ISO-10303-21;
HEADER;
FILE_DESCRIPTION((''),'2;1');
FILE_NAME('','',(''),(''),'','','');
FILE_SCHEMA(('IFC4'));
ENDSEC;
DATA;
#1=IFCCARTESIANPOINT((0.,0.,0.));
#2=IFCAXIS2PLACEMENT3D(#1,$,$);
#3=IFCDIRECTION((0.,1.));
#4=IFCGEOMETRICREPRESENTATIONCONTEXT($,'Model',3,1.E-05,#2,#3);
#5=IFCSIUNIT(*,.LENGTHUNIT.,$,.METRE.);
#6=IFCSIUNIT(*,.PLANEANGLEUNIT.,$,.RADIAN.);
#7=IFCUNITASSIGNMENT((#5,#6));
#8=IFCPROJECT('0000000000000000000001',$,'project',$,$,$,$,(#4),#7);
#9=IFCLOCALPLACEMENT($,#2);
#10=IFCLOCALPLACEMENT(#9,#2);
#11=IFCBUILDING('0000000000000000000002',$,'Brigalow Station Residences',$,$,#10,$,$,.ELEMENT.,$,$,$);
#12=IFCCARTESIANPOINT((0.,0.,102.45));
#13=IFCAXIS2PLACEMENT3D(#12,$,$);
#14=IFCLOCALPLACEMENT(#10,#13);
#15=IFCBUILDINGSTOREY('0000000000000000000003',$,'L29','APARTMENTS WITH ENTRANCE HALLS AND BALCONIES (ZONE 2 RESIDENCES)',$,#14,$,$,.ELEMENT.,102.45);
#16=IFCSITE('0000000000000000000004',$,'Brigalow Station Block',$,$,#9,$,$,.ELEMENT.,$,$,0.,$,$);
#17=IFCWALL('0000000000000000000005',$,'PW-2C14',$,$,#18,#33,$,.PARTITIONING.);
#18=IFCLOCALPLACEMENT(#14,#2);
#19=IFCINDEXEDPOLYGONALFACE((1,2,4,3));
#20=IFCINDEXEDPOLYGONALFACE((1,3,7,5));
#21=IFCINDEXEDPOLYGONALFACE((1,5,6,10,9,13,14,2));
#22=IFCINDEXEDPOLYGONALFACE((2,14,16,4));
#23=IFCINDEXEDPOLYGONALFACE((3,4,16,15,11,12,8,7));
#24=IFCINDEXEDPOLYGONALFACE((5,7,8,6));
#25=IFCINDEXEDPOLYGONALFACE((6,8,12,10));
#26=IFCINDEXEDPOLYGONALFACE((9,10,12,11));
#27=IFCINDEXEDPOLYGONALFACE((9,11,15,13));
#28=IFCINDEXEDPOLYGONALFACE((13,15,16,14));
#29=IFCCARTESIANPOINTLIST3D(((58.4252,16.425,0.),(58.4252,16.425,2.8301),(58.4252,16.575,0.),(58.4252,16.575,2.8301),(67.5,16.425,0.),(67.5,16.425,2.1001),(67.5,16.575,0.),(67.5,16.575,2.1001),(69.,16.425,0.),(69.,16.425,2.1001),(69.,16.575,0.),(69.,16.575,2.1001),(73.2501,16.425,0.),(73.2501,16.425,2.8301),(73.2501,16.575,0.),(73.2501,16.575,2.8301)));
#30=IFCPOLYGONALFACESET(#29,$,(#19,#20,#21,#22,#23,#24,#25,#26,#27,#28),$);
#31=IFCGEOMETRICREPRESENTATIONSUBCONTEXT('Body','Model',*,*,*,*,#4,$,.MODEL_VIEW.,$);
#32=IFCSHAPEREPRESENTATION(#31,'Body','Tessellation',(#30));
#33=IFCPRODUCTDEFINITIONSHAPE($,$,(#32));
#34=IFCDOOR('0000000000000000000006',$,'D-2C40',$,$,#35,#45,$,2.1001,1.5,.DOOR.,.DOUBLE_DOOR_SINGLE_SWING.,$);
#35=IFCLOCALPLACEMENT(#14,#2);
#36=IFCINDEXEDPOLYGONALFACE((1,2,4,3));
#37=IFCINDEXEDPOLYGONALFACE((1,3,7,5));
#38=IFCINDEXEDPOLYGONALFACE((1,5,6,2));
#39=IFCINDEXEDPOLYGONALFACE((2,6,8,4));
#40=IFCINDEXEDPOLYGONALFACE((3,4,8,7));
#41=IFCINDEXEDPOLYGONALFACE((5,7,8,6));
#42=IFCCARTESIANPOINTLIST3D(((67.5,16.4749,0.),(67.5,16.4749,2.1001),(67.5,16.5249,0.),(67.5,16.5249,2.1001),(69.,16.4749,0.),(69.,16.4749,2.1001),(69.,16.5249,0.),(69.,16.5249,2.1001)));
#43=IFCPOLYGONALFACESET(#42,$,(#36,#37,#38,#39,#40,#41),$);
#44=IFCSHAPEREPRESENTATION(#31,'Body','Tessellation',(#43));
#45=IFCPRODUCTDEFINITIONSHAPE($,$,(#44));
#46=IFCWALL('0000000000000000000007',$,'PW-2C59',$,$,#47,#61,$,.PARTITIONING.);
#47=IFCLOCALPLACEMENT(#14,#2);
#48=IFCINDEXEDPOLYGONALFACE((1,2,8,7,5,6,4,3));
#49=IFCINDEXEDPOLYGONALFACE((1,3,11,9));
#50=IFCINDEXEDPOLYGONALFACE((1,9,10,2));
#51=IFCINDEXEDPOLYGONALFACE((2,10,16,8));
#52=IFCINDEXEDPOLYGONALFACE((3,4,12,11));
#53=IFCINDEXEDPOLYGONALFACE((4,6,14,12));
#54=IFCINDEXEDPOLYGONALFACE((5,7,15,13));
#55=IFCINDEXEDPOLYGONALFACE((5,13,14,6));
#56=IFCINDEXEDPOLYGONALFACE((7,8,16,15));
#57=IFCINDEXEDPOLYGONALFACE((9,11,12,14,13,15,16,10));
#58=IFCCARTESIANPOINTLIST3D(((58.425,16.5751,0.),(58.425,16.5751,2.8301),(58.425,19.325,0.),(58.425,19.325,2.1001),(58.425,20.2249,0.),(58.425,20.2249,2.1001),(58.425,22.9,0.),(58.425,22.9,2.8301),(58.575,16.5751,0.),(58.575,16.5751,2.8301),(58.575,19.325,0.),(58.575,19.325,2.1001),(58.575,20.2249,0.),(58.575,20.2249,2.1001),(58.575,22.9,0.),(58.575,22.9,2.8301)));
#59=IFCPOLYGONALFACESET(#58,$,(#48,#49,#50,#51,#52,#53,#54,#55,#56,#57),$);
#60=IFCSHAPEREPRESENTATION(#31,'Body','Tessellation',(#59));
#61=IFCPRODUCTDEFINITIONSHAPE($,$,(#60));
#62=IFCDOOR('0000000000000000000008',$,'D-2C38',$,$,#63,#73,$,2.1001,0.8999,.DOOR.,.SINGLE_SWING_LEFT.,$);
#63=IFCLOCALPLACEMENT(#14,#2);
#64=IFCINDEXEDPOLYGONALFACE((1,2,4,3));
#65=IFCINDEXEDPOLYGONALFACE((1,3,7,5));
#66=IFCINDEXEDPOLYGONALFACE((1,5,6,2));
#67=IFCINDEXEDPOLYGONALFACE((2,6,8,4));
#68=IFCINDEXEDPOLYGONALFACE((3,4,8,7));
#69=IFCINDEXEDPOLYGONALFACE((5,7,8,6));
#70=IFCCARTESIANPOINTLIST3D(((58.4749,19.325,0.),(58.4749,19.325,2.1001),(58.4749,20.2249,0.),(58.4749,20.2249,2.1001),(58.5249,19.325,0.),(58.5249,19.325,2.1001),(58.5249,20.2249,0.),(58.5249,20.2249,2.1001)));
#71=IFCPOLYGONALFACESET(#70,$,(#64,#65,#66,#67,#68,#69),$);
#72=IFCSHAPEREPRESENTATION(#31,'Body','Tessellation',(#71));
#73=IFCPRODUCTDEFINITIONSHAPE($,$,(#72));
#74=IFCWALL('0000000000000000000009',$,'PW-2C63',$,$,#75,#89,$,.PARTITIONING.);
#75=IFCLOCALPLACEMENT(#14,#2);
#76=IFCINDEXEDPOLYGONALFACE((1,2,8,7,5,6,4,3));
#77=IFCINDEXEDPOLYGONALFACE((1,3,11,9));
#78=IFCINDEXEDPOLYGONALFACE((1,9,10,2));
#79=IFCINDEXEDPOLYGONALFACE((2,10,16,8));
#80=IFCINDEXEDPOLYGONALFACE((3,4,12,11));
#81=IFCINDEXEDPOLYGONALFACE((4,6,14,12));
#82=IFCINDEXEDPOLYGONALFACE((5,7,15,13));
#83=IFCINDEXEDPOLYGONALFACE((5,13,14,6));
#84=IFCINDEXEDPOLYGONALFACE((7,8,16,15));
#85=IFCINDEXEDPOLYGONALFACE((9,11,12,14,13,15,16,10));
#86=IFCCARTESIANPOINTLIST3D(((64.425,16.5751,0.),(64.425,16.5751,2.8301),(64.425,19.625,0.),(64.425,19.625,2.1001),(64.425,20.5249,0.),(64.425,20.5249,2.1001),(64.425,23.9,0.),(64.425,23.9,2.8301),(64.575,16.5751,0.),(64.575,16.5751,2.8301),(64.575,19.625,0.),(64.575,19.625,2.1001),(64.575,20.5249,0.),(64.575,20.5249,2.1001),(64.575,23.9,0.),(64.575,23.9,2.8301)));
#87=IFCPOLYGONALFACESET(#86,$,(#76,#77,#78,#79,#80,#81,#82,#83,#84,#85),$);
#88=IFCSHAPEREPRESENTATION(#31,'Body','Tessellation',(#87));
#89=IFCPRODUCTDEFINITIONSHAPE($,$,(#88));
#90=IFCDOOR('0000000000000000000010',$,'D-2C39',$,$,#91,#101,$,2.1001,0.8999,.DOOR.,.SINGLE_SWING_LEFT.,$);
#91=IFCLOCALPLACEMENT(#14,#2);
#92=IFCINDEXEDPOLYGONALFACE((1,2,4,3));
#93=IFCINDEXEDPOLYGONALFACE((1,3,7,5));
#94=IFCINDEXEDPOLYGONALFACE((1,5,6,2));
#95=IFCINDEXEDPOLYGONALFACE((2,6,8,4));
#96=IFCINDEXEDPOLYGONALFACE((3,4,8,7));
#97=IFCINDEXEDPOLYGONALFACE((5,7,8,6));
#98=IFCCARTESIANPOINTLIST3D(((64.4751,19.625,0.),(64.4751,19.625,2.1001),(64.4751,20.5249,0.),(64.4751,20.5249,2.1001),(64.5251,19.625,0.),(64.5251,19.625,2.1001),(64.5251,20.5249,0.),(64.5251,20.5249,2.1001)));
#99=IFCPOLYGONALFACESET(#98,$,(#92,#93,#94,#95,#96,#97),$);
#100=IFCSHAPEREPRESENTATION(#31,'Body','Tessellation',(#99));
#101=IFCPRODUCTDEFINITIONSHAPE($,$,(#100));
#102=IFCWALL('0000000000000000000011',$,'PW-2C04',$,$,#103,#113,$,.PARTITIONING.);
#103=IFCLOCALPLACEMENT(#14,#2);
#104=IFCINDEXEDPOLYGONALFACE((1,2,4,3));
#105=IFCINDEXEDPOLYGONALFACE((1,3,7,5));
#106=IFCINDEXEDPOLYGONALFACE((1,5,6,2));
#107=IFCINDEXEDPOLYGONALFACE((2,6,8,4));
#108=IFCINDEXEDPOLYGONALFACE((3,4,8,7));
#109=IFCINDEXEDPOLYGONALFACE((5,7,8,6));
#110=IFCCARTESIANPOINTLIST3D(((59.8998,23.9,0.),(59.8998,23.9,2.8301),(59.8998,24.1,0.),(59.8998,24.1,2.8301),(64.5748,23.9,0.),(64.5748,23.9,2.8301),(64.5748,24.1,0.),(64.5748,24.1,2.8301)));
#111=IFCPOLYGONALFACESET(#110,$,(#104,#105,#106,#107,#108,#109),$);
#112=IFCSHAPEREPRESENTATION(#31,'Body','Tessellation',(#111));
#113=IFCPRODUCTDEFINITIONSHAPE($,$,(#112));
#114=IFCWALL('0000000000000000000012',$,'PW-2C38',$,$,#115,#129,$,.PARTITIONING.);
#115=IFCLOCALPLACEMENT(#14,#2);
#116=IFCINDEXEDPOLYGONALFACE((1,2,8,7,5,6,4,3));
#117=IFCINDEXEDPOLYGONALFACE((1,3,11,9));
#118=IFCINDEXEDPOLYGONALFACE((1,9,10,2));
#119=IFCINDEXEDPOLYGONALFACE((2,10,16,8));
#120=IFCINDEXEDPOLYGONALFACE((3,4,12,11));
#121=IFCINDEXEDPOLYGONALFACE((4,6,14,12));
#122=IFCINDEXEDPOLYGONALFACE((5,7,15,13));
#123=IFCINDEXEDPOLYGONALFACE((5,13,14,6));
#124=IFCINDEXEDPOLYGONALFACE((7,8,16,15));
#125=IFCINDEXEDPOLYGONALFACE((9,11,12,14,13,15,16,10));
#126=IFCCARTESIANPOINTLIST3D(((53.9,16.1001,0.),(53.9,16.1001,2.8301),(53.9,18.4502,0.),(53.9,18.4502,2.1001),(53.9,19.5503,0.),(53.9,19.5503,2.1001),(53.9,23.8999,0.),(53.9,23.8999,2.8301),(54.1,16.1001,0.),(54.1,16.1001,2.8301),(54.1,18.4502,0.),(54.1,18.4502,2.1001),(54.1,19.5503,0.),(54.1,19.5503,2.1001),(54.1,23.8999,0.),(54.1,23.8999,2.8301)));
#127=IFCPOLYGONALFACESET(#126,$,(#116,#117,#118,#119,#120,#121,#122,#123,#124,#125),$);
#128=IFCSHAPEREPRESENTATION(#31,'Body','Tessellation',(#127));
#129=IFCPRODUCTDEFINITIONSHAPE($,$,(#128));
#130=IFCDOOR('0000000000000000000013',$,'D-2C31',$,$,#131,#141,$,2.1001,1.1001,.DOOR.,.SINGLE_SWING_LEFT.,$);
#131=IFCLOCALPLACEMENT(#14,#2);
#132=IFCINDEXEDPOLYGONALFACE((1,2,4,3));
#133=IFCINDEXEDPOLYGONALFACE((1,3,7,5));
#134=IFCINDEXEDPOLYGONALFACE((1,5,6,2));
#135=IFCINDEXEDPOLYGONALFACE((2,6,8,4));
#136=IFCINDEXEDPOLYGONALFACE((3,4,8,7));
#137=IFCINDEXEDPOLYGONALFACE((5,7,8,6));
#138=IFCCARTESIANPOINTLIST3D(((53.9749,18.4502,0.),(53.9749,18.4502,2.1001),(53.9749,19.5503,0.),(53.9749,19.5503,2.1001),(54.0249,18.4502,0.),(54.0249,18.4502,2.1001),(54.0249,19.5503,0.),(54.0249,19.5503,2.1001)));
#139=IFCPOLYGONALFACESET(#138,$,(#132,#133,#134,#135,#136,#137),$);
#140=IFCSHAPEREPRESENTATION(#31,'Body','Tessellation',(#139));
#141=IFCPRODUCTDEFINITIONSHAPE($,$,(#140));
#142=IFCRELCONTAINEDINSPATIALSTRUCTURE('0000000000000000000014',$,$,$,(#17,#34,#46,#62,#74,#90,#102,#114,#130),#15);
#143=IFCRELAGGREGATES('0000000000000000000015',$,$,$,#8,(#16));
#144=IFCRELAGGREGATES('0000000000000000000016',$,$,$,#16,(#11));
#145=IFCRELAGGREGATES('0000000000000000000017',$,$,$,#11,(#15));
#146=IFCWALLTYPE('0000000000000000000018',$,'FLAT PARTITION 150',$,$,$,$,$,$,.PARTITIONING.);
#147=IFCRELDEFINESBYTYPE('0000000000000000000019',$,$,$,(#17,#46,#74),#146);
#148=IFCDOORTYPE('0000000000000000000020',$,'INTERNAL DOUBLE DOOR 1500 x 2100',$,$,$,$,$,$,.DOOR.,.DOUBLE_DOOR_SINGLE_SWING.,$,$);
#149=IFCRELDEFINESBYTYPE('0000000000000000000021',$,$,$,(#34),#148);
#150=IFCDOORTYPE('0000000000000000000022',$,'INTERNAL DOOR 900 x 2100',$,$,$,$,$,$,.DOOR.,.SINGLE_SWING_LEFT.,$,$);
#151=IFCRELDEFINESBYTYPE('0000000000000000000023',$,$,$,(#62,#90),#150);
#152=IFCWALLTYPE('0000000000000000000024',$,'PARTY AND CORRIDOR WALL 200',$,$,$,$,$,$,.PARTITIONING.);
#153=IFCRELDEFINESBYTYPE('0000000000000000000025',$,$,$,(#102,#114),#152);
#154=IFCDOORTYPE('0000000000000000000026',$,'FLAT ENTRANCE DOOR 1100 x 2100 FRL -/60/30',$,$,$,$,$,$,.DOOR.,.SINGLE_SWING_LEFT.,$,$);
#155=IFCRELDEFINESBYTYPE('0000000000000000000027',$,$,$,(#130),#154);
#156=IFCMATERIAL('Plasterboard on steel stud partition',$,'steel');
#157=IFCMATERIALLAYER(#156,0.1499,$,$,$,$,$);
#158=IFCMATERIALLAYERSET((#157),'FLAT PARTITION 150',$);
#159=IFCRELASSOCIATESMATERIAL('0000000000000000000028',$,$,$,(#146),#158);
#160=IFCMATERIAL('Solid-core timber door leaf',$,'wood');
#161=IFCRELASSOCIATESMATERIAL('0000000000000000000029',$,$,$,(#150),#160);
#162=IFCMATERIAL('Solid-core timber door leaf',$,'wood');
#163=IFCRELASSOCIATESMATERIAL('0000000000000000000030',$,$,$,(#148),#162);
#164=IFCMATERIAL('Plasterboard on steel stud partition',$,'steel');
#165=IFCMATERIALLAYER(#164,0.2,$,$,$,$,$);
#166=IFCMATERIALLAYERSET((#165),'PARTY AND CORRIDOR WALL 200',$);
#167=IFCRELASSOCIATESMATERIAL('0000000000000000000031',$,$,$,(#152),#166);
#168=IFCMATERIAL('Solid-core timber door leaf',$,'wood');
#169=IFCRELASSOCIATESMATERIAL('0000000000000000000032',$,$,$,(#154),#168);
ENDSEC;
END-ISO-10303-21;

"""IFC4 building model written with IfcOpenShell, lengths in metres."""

from ifc_helpers import new_model, si_unit, direction, frame, frame_2d, origin, place, context, subcontext, project, spatial, rectangle, extrude, material, layer, layer_set, type_object, element, fill, save


model = new_model("IFC4")

# Units and contexts
model_context = context("Model", 3, precision=1e-05, world=origin(), true_north=direction((0.0, 1.0)))
body_context = subcontext(model_context, "Body", "Model", "MODEL_VIEW")
ifc_project = project(units=[si_unit("LENGTHUNIT", "METRE"), si_unit("PLANEANGLEUNIT", "RADIAN")], contexts=[model_context])

# Site, building, storey
site_placement = place(None, origin())
site = spatial("IfcSite", under=ifc_project, at=site_placement, Name="Brigalow Station Block", CompositionType="ELEMENT", RefElevation=0.0)
building_placement = place(site_placement, origin())
building = spatial("IfcBuilding", under=site, at=building_placement, Name="Brigalow Station Residences", CompositionType="ELEMENT")
storey_placement = place(building_placement, frame((0.0, 0.0, 102.45)))
storey = spatial("IfcBuildingStorey", under=building, at=storey_placement, Name="L29", Description="APARTMENTS WITH ENTRANCE HALLS AND BALCONIES (ZONE 2 RESIDENCES)", CompositionType="ELEMENT", Elevation=102.45)

# Shared definitions
ifc_material_1 = material(Name="Plasterboard on steel stud partition", Category="steel")
ifc_layer_1 = layer(ifc_material_1, 0.1499)
ifc_layer_set_1 = layer_set([ifc_layer_1], Name="FLAT PARTITION 150")
wall_type_1 = type_object("IfcWallType", Name="FLAT PARTITION 150", PredefinedType="PARTITIONING", material=ifc_layer_set_1)
ifc_material_2 = material(Name="Solid-core timber door leaf", Category="wood")
door_type_1 = type_object("IfcDoorType", Name="INTERNAL DOOR 900 x 2100", OperationType="SINGLE_SWING_LEFT", PredefinedType="DOOR", material=ifc_material_2)

# Walls, openings, doors
wall_1_placement = place(storey_placement, frame((58.425, 16.5, 0.0), z_axis=(0.0, 0.0, 1.0), x_axis=(1.0, 0.0, 0.0)))
wall_1 = element("IfcWall", 1, at=wall_1_placement, inside=storey, type_object=wall_type_1, Name="PW-2C14", PredefinedType="PARTITIONING", context=body_context, shape_type="SweptSolid", body=[
    extrude(rectangle(XDim=14.825, YDim=0.1499, at=frame_2d((7.4126, 0.0))), origin(), (0.0, 0.0, 1.0), 2.8301),
])
opening_1_placement = place(wall_1_placement, frame((9.075, 0.0, 0.0)))
opening_1 = element("IfcOpeningElement", 2, at=opening_1_placement, cuts=wall_1, PredefinedType="OPENING", context=body_context, shape_type="SweptSolid", body=[
    extrude(rectangle(XDim=1.5, YDim=2.1001, at=frame_2d((0.75, 1.05))), frame((0.0, 0.085, 0.0), z_axis=(0.0, -1.0, 0.0), x_axis=(1.0, 0.0, 0.0)), (0.0, 0.0, 1.0), 0.1699),
])
ifc_material_3 = material(Name="Solid-core timber door leaf", Category="wood")
door_type_2 = type_object("IfcDoorType", Name="INTERNAL DOUBLE DOOR 1500 x 2100", OperationType="DOUBLE_DOOR_SINGLE_SWING", PredefinedType="DOOR", material=ifc_material_3)
door_1_placement = place(opening_1_placement, origin())
door_1 = element("IfcDoor", 3, at=door_1_placement, inside=storey, type_object=door_type_2, Name="D-2C40", OperationType="DOUBLE_DOOR_SINGLE_SWING", OverallHeight=2.1001, OverallWidth=1.5, PredefinedType="DOOR", context=body_context, shape_type="SweptSolid", body=[
    extrude(rectangle(XDim=1.5, YDim=2.1001, at=frame_2d((0.75, 1.05))), frame((0.0, 0.0249, 0.0), z_axis=(0.0, -1.0, 0.0), x_axis=(1.0, 0.0, 0.0)), (0.0, 0.0, 1.0), 0.05),
])
fill(opening_1, door_1)
wall_2_placement = place(storey_placement, frame((58.5, 16.575, 0.0), z_axis=(0.0, 0.0, 1.0), x_axis=(0.0, 1.0, 0.0)))
wall_2 = element("IfcWall", 4, at=wall_2_placement, inside=storey, type_object=wall_type_1, Name="PW-2C59", PredefinedType="PARTITIONING", context=body_context, shape_type="SweptSolid", body=[
    extrude(rectangle(XDim=6.325, YDim=0.1499, at=frame_2d((3.1626, 0.0))), origin(), (0.0, 0.0, 1.0), 2.8301),
])
opening_2_placement = place(wall_2_placement, frame((2.75, 0.0, 0.0)))
opening_2 = element("IfcOpeningElement", 5, at=opening_2_placement, cuts=wall_2, PredefinedType="OPENING", context=body_context, shape_type="SweptSolid", body=[
    extrude(rectangle(XDim=0.8999, YDim=2.1001, at=frame_2d((0.45, 1.05))), frame((0.0, 0.085, 0.0), z_axis=(0.0, -1.0, 0.0), x_axis=(1.0, 0.0, 0.0)), (0.0, 0.0, 1.0), 0.1699),
])
door_2_placement = place(opening_2_placement, frame((0.8999, 0.0, 0.0), z_axis=(0.0, 0.0, 1.0), x_axis=(-1.0, 0.0, 0.0)))
door_2 = element("IfcDoor", 6, at=door_2_placement, inside=storey, type_object=door_type_1, Name="D-2C38", OperationType="SINGLE_SWING_LEFT", OverallHeight=2.1001, OverallWidth=0.8999, PredefinedType="DOOR", context=body_context, shape_type="SweptSolid", body=[
    extrude(rectangle(XDim=0.8999, YDim=2.1001, at=frame_2d((0.45, 1.05))), frame((0.0, 0.0249, 0.0), z_axis=(0.0, -1.0, 0.0), x_axis=(1.0, 0.0, 0.0)), (0.0, 0.0, 1.0), 0.05),
])
fill(opening_2, door_2)
wall_3_placement = place(storey_placement, frame((64.5, 16.575, 0.0), z_axis=(0.0, 0.0, 1.0), x_axis=(0.0, 1.0, 0.0)))
wall_3 = element("IfcWall", 7, at=wall_3_placement, inside=storey, type_object=wall_type_1, Name="PW-2C63", PredefinedType="PARTITIONING", context=body_context, shape_type="SweptSolid", body=[
    extrude(rectangle(XDim=7.325, YDim=0.1499, at=frame_2d((3.6626, 0.0))), origin(), (0.0, 0.0, 1.0), 2.8301),
])
opening_3_placement = place(wall_3_placement, frame((3.05, 0.0, 0.0)))
opening_3 = element("IfcOpeningElement", 8, at=opening_3_placement, cuts=wall_3, PredefinedType="OPENING", context=body_context, shape_type="SweptSolid", body=[
    extrude(rectangle(XDim=0.8999, YDim=2.1001, at=frame_2d((0.45, 1.05))), frame((0.0, 0.085, 0.0), z_axis=(0.0, -1.0, 0.0), x_axis=(1.0, 0.0, 0.0)), (0.0, 0.0, 1.0), 0.1699),
])
door_3_placement = place(opening_3_placement, origin())
door_3 = element("IfcDoor", 9, at=door_3_placement, inside=storey, type_object=door_type_1, Name="D-2C39", OperationType="SINGLE_SWING_LEFT", OverallHeight=2.1001, OverallWidth=0.8999, PredefinedType="DOOR", context=body_context, shape_type="SweptSolid", body=[
    extrude(rectangle(XDim=0.8999, YDim=2.1001, at=frame_2d((0.45, 1.05))), frame((0.0, 0.0249, 0.0), z_axis=(0.0, -1.0, 0.0), x_axis=(1.0, 0.0, 0.0)), (0.0, 0.0, 1.0), 0.05),
])
fill(opening_3, door_3)

# Wall
ifc_material_4 = material(Name="Plasterboard on steel stud partition", Category="steel")
ifc_layer_2 = layer(ifc_material_4, 0.2)
ifc_layer_set_2 = layer_set([ifc_layer_2], Name="PARTY AND CORRIDOR WALL 200")
wall_type_2 = type_object("IfcWallType", Name="PARTY AND CORRIDOR WALL 200", PredefinedType="PARTITIONING", material=ifc_layer_set_2)
wall_4_placement = place(storey_placement, frame((59.8999, 24.0, 0.0), z_axis=(0.0, 0.0, 1.0), x_axis=(1.0, 0.0, 0.0)))
element("IfcWall", 10, at=wall_4_placement, inside=storey, type_object=wall_type_2, Name="PW-2C04", PredefinedType="PARTITIONING", context=body_context, shape_type="SweptSolid", body=[
    extrude(rectangle(XDim=4.675, YDim=0.2, at=frame_2d((2.3374, 0.0))), origin(), (0.0, 0.0, 1.0), 2.8301),
])

# Wall, opening, door
wall_5_placement = place(storey_placement, frame((54.0, 16.1001, 0.0), z_axis=(0.0, 0.0, 1.0), x_axis=(0.0, 1.0, 0.0)))
wall_5 = element("IfcWall", 11, at=wall_5_placement, inside=storey, type_object=wall_type_2, Name="PW-2C38", PredefinedType="PARTITIONING", context=body_context, shape_type="SweptSolid", body=[
    extrude(rectangle(XDim=7.7998, YDim=0.2, at=frame_2d((3.8999, 0.0))), origin(), (0.0, 0.0, 1.0), 2.8301),
])
opening_4_placement = place(wall_5_placement, frame((2.3501, 0.0, 0.0)))
opening_4 = element("IfcOpeningElement", 12, at=opening_4_placement, cuts=wall_5, PredefinedType="OPENING", context=body_context, shape_type="SweptSolid", body=[
    extrude(rectangle(XDim=1.1001, YDim=2.1001, at=frame_2d((0.55, 1.05))), frame((0.0, 0.1099, 0.0), z_axis=(0.0, -1.0, 0.0), x_axis=(1.0, 0.0, 0.0)), (0.0, 0.0, 1.0), 0.22),
])
ifc_material_5 = material(Name="Solid-core timber door leaf", Category="wood")
door_type_3 = type_object("IfcDoorType", Name="FLAT ENTRANCE DOOR 1100 x 2100 FRL -/60/30", OperationType="SINGLE_SWING_LEFT", PredefinedType="DOOR", material=ifc_material_5)
door_4_placement = place(opening_4_placement, frame((1.1001, 0.0, 0.0), z_axis=(0.0, 0.0, 1.0), x_axis=(-1.0, 0.0, 0.0)))
door_4 = element("IfcDoor", 13, at=door_4_placement, inside=storey, type_object=door_type_3, Name="D-2C31", OperationType="SINGLE_SWING_LEFT", OverallHeight=2.1001, OverallWidth=1.1001, PredefinedType="DOOR", context=body_context, shape_type="SweptSolid", body=[
    extrude(rectangle(XDim=1.1001, YDim=2.1001, at=frame_2d((0.55, 1.05))), frame((0.0, 0.0249, 0.0), z_axis=(0.0, -1.0, 0.0), x_axis=(1.0, 0.0, 0.0)), (0.0, 0.0, 1.0), 0.05),
])
fill(opening_4, door_4)

save(model, "model.ifc")
